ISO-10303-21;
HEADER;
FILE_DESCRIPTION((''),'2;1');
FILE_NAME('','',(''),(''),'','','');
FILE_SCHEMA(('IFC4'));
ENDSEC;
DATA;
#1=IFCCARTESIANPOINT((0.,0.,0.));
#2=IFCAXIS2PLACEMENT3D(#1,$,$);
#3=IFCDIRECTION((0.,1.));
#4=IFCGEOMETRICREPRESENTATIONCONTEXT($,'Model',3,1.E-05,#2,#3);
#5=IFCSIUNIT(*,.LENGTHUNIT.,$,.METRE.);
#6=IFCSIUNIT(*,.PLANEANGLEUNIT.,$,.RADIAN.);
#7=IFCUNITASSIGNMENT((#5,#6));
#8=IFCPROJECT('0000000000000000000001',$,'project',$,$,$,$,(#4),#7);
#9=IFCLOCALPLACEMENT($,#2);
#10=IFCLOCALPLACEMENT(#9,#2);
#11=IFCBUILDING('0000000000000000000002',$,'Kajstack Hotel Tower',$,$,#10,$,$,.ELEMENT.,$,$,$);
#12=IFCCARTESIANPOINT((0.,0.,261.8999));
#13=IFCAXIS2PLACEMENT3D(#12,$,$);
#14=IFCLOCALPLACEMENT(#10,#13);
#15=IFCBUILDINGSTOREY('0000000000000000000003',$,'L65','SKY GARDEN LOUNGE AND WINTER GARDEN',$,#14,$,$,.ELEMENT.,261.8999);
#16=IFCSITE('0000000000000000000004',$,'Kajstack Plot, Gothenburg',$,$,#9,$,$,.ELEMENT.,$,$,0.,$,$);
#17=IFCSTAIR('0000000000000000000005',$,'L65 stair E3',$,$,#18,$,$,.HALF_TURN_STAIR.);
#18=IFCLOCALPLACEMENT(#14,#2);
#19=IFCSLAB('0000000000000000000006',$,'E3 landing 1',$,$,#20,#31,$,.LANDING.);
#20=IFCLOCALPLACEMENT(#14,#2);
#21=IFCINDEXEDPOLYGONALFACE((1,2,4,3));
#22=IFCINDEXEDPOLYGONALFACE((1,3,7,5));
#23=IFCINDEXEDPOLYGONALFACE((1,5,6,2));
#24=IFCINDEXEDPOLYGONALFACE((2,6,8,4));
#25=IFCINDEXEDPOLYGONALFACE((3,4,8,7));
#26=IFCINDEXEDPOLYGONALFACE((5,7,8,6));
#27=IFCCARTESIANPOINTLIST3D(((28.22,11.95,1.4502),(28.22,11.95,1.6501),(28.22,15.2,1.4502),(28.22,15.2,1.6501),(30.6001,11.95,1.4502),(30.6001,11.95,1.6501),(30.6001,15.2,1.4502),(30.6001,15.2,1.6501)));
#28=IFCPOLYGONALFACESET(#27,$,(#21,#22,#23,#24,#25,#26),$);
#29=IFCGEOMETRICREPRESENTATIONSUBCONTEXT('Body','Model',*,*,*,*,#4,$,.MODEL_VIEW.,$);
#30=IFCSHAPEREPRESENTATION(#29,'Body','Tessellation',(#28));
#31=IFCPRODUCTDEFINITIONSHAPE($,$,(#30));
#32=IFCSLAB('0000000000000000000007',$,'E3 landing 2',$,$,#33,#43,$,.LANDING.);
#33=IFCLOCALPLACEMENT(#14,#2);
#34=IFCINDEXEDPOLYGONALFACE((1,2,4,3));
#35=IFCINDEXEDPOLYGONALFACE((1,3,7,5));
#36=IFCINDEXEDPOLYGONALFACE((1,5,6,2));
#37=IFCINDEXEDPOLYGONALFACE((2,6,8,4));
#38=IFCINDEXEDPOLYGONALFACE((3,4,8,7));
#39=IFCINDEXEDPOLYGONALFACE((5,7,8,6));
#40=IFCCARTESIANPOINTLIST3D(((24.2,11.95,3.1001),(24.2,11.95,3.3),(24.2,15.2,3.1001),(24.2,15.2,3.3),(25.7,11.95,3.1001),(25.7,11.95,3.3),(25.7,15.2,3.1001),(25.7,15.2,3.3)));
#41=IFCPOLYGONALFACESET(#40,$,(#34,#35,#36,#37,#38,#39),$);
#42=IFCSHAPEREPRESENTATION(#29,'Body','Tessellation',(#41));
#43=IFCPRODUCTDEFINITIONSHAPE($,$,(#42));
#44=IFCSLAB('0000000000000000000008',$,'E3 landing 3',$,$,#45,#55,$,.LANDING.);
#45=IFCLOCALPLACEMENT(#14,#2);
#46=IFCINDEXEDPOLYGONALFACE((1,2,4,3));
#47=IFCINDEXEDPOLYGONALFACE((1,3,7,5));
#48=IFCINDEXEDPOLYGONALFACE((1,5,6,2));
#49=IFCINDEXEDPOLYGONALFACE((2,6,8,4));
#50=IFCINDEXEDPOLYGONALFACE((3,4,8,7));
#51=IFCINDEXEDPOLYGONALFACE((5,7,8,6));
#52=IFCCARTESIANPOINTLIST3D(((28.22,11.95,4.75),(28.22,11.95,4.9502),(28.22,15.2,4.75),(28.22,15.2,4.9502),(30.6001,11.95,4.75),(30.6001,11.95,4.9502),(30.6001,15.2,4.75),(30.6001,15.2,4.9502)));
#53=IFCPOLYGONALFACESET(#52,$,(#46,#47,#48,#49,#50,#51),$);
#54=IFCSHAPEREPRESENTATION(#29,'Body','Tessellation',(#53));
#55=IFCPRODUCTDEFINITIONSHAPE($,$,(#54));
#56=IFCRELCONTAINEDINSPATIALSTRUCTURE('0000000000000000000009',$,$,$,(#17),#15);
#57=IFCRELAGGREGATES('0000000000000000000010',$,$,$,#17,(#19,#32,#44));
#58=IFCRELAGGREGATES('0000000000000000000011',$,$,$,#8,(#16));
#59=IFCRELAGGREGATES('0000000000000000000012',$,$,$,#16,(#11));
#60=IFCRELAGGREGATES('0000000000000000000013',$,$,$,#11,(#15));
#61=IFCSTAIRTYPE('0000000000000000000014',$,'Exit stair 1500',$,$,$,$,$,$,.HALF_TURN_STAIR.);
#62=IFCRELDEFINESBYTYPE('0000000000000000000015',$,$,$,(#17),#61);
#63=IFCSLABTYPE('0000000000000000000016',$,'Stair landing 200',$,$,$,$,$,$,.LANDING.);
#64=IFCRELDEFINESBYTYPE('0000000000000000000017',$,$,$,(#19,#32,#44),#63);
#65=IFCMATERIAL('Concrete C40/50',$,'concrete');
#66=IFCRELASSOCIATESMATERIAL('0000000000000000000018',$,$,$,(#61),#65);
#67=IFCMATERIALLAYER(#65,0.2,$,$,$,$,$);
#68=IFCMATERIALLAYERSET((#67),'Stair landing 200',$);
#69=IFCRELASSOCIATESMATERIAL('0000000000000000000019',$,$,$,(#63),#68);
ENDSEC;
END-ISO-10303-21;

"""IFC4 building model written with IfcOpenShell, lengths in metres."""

from ifc_helpers import new_model, si_unit, direction, frame, origin, place, context, subcontext, project, spatial, polyline, outline, extrude, material, layer, layer_set, type_object, element, aggregate, save


model = new_model("IFC4")

# Units and contexts
model_context = context("Model", 3, precision=1e-05, world=origin(), true_north=direction((0.0, 1.0)))
body_context = subcontext(model_context, "Body", "Model", "MODEL_VIEW")
ifc_project = project(units=[si_unit("LENGTHUNIT", "METRE"), si_unit("PLANEANGLEUNIT", "RADIAN")], contexts=[model_context])

# Site, building, storey
site_placement = place(None, origin())
site = spatial("IfcSite", under=ifc_project, at=site_placement, Name="Kajstack Plot, Gothenburg", CompositionType="ELEMENT", RefElevation=0.0)
building_placement = place(site_placement, origin())
building = spatial("IfcBuilding", under=site, at=building_placement, Name="Kajstack Hotel Tower", CompositionType="ELEMENT")
storey_placement = place(building_placement, frame((0.0, 0.0, 261.8999)))
storey = spatial("IfcBuildingStorey", under=building, at=storey_placement, Name="L65", Description="SKY GARDEN LOUNGE AND WINTER GARDEN", CompositionType="ELEMENT", Elevation=261.8999)

# Shared definitions
ifc_material_1 = material(Name="Concrete C40/50", Category="concrete")

# Stair, slabs
stair_type_1 = type_object("IfcStairType", Name="Exit stair 1500", PredefinedType="HALF_TURN_STAIR", material=ifc_material_1)
ifc_layer_1 = layer(ifc_material_1, 0.2)
ifc_layer_set_1 = layer_set([ifc_layer_1], Name="Stair landing 200")
slab_type = type_object("IfcSlabType", Name="Stair landing 200", PredefinedType="LANDING", material=ifc_layer_set_1)
stair_1_placement = place(storey_placement, origin())
stair_1 = element("IfcStair", 1, at=stair_1_placement, inside=storey, type_object=stair_type_1, Name="L65 stair E3", PredefinedType="HALF_TURN_STAIR")
slab_1_placement = place(storey_placement, frame((0.0, 0.0, 1.4502)))
slab_1 = element("IfcSlab", 2, at=slab_1_placement, type_object=slab_type, Name="E3 landing 1", PredefinedType="LANDING", context=body_context, shape_type="SweptSolid", body=[
    extrude(outline(polyline([(28.22, 11.95), (30.6001, 11.95), (30.6001, 15.2), (28.22, 15.2), (28.22, 11.95)])), origin(), (0.0, 0.0, 1.0), 0.2),
])
slab_2_placement = place(storey_placement, frame((0.0, 0.0, 3.1001)))
slab_2 = element("IfcSlab", 3, at=slab_2_placement, type_object=slab_type, Name="E3 landing 2", PredefinedType="LANDING", context=body_context, shape_type="SweptSolid", body=[
    extrude(outline(polyline([(24.2, 11.95), (25.7, 11.95), (25.7, 15.2), (24.2, 15.2), (24.2, 11.95)])), origin(), (0.0, 0.0, 1.0), 0.2),
])
slab_3_placement = place(storey_placement, frame((0.0, 0.0, 4.75)))
slab_3 = element("IfcSlab", 4, at=slab_3_placement, type_object=slab_type, Name="E3 landing 3", PredefinedType="LANDING", context=body_context, shape_type="SweptSolid", body=[
    extrude(outline(polyline([(28.22, 11.95), (30.6001, 11.95), (30.6001, 15.2), (28.22, 15.2), (28.22, 11.95)])), origin(), (0.0, 0.0, 1.0), 0.2002),
])
aggregate(stair_1, [slab_1, slab_2, slab_3])

save(model, "model.ifc")
